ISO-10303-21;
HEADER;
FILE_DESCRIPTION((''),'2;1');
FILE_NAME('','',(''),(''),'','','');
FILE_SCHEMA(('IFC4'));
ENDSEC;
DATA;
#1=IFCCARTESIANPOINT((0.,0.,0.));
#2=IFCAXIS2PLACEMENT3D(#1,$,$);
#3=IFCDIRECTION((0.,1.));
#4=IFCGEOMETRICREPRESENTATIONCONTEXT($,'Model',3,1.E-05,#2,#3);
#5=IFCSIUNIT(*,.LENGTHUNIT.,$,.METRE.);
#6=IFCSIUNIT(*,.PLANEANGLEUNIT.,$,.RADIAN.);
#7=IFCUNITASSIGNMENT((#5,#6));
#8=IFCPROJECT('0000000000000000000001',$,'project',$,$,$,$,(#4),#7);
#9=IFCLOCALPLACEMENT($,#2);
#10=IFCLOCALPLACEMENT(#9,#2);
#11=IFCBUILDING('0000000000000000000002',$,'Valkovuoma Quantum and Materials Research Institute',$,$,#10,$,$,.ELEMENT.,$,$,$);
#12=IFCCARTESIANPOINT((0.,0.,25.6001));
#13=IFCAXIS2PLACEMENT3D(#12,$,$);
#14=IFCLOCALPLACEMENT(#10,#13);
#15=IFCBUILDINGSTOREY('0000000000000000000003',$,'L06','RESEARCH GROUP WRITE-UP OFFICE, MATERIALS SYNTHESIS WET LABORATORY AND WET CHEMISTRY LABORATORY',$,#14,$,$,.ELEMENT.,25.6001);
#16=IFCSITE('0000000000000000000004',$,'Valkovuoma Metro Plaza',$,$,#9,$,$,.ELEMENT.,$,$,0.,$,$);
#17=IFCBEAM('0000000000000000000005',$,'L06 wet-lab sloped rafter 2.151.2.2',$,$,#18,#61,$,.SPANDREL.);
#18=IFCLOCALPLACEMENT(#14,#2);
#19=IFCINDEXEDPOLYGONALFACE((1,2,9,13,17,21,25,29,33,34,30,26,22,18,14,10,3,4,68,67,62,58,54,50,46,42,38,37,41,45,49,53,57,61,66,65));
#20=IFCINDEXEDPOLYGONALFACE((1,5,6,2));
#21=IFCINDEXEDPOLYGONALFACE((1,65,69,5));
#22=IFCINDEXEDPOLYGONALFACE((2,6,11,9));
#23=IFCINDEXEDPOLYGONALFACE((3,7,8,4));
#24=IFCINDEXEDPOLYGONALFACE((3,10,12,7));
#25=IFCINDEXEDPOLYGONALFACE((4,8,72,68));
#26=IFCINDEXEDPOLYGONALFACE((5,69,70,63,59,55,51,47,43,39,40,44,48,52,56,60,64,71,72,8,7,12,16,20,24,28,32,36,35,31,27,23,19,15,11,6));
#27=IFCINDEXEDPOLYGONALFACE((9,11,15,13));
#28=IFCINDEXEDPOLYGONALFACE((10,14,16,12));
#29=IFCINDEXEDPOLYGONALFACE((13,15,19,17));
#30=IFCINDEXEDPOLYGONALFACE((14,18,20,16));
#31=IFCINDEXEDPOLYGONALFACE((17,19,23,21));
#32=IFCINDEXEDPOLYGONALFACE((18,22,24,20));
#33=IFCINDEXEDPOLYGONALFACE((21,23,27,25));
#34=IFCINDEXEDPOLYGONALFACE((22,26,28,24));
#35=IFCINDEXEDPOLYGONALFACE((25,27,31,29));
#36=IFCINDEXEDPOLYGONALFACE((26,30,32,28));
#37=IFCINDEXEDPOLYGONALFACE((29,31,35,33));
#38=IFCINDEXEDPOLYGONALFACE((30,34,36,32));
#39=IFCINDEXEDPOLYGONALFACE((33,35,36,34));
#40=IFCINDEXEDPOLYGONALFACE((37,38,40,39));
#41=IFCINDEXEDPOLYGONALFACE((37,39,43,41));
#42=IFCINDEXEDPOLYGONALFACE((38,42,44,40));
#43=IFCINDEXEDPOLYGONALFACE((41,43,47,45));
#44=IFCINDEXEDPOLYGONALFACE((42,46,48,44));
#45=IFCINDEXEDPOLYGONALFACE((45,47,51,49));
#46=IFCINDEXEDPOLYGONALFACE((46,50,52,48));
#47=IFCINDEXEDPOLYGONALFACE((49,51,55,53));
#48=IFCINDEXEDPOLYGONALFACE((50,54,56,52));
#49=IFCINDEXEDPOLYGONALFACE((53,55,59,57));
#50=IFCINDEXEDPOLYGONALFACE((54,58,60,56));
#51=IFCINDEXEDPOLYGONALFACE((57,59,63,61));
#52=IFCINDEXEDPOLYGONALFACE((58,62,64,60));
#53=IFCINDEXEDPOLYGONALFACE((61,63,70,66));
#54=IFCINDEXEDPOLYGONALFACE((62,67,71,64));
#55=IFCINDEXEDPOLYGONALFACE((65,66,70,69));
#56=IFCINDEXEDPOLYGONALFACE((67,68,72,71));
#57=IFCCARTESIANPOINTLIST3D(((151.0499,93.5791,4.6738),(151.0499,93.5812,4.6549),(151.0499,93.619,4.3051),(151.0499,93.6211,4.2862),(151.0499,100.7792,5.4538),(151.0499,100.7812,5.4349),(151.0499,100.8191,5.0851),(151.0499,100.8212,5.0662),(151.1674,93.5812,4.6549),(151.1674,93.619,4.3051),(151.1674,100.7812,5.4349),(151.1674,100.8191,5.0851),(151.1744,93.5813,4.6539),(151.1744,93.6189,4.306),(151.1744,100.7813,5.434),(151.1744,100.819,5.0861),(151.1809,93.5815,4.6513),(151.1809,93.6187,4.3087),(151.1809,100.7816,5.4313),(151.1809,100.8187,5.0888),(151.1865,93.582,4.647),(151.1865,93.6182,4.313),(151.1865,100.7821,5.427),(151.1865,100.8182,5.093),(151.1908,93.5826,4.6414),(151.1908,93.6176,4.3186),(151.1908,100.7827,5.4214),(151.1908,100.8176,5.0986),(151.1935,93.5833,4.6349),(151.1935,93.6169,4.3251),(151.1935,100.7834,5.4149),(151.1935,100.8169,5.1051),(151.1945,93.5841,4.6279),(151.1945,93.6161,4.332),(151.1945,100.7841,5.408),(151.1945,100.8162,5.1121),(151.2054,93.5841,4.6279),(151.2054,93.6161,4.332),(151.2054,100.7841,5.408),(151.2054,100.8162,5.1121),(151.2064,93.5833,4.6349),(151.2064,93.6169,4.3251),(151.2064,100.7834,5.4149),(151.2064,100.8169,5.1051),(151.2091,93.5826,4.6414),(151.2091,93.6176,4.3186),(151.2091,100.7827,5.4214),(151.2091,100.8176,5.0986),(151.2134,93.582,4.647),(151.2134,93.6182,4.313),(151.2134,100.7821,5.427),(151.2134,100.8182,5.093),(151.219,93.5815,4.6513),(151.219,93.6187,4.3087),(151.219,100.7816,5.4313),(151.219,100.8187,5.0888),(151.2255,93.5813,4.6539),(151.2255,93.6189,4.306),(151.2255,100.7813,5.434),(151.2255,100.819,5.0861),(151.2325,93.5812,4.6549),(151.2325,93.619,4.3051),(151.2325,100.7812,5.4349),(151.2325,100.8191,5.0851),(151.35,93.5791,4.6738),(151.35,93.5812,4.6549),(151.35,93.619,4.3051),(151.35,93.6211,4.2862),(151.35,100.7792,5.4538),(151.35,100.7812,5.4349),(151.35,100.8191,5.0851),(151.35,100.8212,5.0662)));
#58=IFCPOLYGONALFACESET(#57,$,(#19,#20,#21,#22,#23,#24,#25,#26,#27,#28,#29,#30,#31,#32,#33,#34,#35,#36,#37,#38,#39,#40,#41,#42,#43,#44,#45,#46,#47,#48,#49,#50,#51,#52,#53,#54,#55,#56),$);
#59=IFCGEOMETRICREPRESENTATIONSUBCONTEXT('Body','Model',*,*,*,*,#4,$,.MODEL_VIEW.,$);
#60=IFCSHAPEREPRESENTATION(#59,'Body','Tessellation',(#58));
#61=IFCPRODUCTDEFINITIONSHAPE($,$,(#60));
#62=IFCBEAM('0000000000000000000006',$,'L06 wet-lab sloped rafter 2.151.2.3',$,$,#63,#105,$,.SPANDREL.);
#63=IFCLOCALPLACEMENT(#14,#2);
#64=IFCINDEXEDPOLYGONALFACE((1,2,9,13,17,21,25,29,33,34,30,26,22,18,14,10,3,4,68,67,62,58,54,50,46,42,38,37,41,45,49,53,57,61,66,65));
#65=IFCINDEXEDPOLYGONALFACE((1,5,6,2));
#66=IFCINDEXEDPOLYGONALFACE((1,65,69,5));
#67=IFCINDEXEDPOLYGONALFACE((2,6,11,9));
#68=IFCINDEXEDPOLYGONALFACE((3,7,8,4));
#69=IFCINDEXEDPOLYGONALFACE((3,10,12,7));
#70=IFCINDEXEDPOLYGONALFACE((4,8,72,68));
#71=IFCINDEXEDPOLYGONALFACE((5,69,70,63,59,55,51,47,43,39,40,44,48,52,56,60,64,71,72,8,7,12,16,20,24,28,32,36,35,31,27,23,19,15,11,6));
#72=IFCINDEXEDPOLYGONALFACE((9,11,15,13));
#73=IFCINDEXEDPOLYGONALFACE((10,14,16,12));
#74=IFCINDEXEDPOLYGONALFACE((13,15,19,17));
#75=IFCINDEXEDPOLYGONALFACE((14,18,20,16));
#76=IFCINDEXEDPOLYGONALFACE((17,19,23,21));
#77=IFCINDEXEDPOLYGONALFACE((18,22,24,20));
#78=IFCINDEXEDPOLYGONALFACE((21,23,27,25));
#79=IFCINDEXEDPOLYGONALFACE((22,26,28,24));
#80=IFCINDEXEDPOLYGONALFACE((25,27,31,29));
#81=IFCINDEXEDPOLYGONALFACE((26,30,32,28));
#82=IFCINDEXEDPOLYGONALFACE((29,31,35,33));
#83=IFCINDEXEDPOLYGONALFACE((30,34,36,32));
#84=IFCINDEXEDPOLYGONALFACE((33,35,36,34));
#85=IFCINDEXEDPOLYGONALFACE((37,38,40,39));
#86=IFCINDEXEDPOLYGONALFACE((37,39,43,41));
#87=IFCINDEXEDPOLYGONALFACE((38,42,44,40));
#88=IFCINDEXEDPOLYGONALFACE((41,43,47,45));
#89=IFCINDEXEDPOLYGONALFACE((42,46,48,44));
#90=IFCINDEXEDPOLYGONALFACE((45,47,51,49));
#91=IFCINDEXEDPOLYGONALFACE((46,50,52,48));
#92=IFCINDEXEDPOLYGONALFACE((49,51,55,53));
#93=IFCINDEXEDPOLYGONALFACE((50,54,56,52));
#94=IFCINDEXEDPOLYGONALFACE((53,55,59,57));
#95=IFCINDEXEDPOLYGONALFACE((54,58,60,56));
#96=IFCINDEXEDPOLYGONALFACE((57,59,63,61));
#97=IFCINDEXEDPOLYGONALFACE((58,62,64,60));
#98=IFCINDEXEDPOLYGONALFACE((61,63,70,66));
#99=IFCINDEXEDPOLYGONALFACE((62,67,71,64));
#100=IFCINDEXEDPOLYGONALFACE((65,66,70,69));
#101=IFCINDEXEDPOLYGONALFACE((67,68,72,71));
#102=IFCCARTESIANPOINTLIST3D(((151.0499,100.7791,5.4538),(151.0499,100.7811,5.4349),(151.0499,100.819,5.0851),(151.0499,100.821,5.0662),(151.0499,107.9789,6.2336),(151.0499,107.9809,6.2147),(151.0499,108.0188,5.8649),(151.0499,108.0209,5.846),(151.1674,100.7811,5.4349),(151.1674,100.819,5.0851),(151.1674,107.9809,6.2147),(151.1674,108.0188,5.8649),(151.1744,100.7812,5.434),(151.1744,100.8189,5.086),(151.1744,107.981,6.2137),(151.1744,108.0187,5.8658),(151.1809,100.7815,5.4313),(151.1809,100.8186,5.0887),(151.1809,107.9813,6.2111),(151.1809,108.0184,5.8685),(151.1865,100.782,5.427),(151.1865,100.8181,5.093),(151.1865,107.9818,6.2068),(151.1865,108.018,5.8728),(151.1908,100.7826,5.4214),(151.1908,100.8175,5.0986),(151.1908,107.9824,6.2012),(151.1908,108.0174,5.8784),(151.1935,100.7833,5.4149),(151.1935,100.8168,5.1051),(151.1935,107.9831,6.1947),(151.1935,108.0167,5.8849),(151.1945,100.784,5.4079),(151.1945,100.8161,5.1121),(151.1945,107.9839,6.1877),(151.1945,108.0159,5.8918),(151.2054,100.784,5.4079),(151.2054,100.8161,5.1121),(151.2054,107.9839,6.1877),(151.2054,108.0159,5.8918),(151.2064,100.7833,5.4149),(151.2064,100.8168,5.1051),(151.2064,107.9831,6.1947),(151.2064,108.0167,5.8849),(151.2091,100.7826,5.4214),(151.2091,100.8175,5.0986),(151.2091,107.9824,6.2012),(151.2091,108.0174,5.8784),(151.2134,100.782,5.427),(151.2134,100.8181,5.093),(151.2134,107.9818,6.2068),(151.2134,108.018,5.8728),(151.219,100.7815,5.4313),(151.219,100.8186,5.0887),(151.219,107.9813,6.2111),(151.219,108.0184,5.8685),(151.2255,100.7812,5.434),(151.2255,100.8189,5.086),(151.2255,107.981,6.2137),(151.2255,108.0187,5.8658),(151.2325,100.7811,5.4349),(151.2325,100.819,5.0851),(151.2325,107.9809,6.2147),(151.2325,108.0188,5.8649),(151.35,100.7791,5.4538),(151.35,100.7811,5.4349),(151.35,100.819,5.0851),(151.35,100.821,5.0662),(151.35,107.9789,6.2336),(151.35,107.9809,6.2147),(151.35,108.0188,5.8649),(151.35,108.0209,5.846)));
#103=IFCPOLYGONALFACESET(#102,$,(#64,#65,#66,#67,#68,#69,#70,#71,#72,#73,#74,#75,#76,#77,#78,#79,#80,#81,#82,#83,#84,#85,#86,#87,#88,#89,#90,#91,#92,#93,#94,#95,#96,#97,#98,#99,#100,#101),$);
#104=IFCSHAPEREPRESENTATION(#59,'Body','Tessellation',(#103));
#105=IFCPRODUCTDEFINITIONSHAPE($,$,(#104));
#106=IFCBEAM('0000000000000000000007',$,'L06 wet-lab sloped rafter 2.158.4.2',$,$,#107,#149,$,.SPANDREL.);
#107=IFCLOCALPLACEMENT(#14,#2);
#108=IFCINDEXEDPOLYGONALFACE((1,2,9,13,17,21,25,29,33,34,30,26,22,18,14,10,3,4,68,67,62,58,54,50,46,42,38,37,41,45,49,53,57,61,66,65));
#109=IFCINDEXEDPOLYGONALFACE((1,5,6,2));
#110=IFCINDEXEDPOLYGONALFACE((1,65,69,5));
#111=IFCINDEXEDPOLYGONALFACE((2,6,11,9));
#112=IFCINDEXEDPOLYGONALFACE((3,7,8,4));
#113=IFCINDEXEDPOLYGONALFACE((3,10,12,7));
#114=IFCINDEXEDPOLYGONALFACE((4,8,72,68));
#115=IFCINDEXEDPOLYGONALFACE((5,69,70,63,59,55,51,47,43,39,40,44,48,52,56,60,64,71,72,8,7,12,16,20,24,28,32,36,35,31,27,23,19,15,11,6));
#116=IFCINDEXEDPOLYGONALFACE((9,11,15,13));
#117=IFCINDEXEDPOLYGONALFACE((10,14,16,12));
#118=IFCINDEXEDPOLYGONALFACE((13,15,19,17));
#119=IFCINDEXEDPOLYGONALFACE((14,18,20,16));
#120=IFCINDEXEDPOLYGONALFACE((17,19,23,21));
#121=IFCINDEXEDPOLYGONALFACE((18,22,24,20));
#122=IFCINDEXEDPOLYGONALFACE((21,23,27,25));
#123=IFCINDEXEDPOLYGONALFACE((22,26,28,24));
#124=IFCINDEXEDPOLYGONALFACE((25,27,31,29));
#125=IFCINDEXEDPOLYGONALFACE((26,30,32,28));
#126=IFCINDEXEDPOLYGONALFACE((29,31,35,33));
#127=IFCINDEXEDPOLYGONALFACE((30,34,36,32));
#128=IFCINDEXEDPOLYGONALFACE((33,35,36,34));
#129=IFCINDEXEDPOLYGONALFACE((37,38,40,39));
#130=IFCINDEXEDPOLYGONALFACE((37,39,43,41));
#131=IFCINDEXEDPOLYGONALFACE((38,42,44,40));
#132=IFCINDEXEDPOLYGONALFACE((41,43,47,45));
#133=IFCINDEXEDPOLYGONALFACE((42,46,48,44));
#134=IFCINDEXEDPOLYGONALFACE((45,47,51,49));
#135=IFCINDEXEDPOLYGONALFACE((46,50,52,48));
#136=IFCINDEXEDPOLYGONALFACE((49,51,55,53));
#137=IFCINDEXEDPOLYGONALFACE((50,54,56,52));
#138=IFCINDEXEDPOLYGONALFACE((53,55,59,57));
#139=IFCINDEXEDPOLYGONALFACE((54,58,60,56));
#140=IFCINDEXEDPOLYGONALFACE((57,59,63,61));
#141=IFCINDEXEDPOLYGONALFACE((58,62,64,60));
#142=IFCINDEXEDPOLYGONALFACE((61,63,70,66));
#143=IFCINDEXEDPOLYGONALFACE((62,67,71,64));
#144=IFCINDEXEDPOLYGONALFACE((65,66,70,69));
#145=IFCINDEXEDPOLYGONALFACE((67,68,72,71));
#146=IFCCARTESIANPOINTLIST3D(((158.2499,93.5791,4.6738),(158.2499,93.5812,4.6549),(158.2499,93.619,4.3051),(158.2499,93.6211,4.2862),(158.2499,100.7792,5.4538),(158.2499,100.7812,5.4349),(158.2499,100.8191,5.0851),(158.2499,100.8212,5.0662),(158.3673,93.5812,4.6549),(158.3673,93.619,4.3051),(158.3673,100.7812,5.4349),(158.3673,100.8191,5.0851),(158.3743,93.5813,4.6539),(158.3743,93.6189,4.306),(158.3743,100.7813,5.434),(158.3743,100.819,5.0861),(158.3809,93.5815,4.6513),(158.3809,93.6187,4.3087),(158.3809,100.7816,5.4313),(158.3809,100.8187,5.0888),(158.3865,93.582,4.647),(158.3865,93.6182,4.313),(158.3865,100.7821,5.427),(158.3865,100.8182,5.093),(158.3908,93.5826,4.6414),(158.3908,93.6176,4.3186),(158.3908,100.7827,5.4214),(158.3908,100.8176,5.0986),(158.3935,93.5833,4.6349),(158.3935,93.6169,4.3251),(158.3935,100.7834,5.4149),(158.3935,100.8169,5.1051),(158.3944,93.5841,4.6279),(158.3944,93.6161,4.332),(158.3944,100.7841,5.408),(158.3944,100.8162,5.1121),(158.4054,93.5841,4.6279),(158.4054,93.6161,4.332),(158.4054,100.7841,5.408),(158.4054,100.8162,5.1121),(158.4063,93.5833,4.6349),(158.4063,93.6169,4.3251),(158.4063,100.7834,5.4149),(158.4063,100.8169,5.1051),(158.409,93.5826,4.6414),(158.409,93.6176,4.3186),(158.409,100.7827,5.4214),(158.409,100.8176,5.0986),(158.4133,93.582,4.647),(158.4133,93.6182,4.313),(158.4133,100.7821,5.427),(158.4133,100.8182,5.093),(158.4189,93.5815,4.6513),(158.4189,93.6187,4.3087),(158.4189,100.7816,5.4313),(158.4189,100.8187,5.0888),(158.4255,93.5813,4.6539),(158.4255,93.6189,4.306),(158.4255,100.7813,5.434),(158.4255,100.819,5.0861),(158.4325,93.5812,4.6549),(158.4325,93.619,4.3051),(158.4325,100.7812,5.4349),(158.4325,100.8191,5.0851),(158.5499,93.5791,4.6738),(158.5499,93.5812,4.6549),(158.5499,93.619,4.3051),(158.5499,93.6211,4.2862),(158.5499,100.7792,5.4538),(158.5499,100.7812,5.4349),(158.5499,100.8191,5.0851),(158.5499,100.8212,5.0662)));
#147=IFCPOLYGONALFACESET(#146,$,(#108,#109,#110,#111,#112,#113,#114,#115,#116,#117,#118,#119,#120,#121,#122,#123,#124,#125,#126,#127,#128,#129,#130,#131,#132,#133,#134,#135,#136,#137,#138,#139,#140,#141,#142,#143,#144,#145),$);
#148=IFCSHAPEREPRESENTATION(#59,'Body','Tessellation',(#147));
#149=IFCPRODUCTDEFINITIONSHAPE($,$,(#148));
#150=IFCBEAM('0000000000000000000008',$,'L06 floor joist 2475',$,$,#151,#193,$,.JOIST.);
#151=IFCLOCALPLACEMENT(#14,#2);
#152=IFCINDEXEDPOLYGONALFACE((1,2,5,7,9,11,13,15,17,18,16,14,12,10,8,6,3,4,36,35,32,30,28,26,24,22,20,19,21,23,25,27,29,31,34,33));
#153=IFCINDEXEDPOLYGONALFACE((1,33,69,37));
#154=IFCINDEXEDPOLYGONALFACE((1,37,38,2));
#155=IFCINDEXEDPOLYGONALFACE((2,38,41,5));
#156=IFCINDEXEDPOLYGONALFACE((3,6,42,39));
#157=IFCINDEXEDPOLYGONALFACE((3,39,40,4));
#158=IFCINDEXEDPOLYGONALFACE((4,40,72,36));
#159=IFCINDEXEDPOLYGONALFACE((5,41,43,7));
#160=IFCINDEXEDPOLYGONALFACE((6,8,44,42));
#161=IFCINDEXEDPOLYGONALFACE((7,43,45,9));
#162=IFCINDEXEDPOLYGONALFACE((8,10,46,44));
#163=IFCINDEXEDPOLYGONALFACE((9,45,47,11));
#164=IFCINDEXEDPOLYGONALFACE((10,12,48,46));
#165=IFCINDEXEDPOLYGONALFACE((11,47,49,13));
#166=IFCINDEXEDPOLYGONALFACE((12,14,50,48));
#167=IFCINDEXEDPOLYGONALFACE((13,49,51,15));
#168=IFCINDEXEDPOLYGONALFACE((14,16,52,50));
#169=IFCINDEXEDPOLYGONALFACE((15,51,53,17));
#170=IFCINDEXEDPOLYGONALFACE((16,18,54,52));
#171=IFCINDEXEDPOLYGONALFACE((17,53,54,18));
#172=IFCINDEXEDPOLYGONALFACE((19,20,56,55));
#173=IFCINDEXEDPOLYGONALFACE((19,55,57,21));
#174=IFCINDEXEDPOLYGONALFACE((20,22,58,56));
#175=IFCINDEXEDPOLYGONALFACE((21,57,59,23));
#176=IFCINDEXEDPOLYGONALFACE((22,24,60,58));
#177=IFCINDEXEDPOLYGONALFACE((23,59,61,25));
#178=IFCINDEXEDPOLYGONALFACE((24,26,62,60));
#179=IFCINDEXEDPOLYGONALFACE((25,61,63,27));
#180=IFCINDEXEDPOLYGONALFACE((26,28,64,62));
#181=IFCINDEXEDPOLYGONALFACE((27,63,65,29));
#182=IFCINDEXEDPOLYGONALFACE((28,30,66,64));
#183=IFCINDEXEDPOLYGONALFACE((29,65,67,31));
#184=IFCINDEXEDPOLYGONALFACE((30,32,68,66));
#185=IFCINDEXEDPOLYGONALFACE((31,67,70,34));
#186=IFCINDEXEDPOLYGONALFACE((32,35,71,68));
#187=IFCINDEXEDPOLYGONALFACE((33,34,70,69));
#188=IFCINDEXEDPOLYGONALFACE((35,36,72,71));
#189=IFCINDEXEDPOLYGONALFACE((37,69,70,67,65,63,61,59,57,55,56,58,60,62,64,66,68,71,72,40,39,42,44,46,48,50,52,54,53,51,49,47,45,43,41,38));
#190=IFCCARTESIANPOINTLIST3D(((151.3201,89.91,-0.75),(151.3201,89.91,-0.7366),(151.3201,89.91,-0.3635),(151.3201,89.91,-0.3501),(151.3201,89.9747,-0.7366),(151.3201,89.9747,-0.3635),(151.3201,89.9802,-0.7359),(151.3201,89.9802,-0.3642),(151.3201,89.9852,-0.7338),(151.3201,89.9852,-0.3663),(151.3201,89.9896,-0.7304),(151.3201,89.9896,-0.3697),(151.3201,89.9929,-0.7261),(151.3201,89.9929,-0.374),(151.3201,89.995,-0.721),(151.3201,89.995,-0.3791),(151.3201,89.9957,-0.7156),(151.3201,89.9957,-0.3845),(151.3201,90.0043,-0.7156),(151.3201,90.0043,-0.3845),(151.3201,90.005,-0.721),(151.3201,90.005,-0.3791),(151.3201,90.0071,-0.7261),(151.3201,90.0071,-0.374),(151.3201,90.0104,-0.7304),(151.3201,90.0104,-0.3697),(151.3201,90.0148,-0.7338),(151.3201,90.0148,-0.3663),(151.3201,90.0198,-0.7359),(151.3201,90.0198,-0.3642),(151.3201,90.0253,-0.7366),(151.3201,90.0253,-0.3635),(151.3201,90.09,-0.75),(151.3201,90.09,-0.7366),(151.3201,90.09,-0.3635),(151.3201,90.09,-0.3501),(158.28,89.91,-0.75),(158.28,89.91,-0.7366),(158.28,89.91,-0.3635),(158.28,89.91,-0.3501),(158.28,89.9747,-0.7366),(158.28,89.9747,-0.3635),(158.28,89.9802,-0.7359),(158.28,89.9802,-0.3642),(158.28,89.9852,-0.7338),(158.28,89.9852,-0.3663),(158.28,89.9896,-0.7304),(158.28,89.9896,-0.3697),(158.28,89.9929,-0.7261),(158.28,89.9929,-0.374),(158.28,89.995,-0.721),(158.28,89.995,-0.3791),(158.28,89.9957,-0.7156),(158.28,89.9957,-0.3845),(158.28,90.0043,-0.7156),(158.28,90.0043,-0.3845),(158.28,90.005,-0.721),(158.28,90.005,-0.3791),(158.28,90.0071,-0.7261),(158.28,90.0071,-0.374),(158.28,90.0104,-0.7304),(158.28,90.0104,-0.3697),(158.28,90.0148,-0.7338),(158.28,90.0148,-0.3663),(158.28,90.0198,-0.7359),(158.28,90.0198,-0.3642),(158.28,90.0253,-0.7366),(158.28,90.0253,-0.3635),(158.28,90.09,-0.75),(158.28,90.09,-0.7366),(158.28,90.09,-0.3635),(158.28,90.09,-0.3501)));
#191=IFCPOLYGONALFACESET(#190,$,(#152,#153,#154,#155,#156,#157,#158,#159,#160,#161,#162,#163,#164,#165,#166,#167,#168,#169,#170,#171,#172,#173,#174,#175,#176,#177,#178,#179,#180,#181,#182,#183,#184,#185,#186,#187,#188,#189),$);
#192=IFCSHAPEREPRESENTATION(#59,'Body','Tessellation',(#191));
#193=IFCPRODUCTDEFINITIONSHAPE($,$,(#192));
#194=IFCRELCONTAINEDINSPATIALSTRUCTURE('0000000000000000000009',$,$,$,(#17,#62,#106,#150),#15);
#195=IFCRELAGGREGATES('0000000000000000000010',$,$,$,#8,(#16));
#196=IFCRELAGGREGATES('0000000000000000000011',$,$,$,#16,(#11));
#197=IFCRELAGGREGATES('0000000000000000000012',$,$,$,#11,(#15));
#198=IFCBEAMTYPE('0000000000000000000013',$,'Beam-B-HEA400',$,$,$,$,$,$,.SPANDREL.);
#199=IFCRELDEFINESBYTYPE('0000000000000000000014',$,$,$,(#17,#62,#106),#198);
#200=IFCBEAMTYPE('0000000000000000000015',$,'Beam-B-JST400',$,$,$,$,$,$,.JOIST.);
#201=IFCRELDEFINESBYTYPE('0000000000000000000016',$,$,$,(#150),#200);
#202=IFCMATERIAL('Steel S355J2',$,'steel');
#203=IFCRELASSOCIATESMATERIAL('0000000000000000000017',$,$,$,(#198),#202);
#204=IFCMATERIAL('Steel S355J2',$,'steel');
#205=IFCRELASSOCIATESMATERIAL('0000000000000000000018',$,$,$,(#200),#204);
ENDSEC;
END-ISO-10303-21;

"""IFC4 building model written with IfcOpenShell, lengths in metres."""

from ifc_helpers import new_model, si_unit, direction, frame, origin, origin_2d, place, context, subcontext, project, spatial, i_section, extrude, material, material_profile, profile_set, type_object, element, save


model = new_model("IFC4")

# Units and contexts
model_context = context("Model", 3, precision=1e-05, world=origin(), true_north=direction((0.0, 1.0)))
body_context = subcontext(model_context, "Body", "Model", "MODEL_VIEW")
ifc_project = project(units=[si_unit("LENGTHUNIT", "METRE"), si_unit("PLANEANGLEUNIT", "RADIAN")], contexts=[model_context])

# Site, building, storey
site_placement = place(None, origin())
site = spatial("IfcSite", under=ifc_project, at=site_placement, Name="Valkovuoma Metro Plaza", CompositionType="ELEMENT", RefElevation=0.0)
building_placement = place(site_placement, origin())
building = spatial("IfcBuilding", under=site, at=building_placement, Name="Valkovuoma Quantum and Materials Research Institute", CompositionType="ELEMENT")
storey_placement = place(building_placement, frame((0.0, 0.0, 25.6001)))
storey = spatial("IfcBuildingStorey", under=building, at=storey_placement, Name="L06", Description="RESEARCH GROUP WRITE-UP OFFICE, MATERIALS SYNTHESIS WET LABORATORY AND WET CHEMISTRY LABORATORY", CompositionType="ELEMENT", Elevation=25.6001)

# Beams
ifc_material_1 = material(Name="Steel S355J2", Category="steel")
ifc_material_profile_1 = material_profile(ifc_material_1, i_section(OverallWidth=0.3, OverallDepth=0.3899, WebThickness=0.011, FlangeThickness=0.019, FilletRadius=0.0271, at=origin_2d()), Name="Steel S355J2")
ifc_profile_set_1 = profile_set([ifc_material_profile_1], Name="Steel S355J2")
beam_type_1 = type_object("IfcBeamType", Name="Beam-B-HEA400", PredefinedType="SPANDREL", material=ifc_profile_set_1)
beam_1_placement = place(storey_placement, frame((151.2, 93.6001, 4.48), z_axis=(0.0, 0.994183, 0.107708), x_axis=(-1.0, 0.0, 0.0)))
element("IfcBeam", 1, at=beam_1_placement, inside=storey, type_object=beam_type_1, Name="L06 wet-lab sloped rafter 2.151.2.2", PredefinedType="SPANDREL", context=body_context, shape_type="SweptSolid", body=[
    extrude(i_section(OverallWidth=0.3, OverallDepth=0.3899, WebThickness=0.011, FlangeThickness=0.019, FilletRadius=0.0271, at=origin_2d()), origin(), (0.0, 0.0, 1.0), 7.2422),
])
beam_2_placement = place(storey_placement, frame((151.2, 100.8, 5.26), z_axis=(0.0, 0.994186, 0.107675), x_axis=(-1.0, 0.0, 0.0)))
element("IfcBeam", 2, at=beam_2_placement, inside=storey, type_object=beam_type_1, Name="L06 wet-lab sloped rafter 2.151.2.3", PredefinedType="SPANDREL", context=body_context, shape_type="SweptSolid", body=[
    extrude(i_section(OverallWidth=0.3, OverallDepth=0.3899, WebThickness=0.011, FlangeThickness=0.019, FilletRadius=0.0271, at=origin_2d()), origin(), (0.0, 0.0, 1.0), 7.2419),
])
beam_3_placement = place(storey_placement, frame((158.3999, 93.6001, 4.48), z_axis=(0.0, 0.994183, 0.107708), x_axis=(-1.0, 0.0, 0.0)))
element("IfcBeam", 3, at=beam_3_placement, inside=storey, type_object=beam_type_1, Name="L06 wet-lab sloped rafter 2.158.4.2", PredefinedType="SPANDREL", context=body_context, shape_type="SweptSolid", body=[
    extrude(i_section(OverallWidth=0.3, OverallDepth=0.3899, WebThickness=0.011, FlangeThickness=0.019, FilletRadius=0.0271, at=origin_2d()), origin(), (0.0, 0.0, 1.0), 7.2422),
])
ifc_material_2 = material(Name="Steel S355J2", Category="steel")
ifc_material_profile_2 = material_profile(ifc_material_2, i_section(OverallWidth=0.1799, OverallDepth=0.3999, WebThickness=0.0085, FlangeThickness=0.0134, FilletRadius=0.021, at=origin_2d()), Name="Steel S355J2")
ifc_profile_set_2 = profile_set([ifc_material_profile_2], Name="Steel S355J2")
beam_type_2 = type_object("IfcBeamType", Name="Beam-B-JST400", PredefinedType="JOIST", material=ifc_profile_set_2)
for number, where, z_axis, x_axis, name in (
    (4, (151.3201, 90.0, -0.55), (1.0, 0.0, 0.0), (0.0, 1.0, 0.0), "L06 floor joist 2475"),
):
    element("IfcBeam", number, at=place(storey_placement, frame(where, z_axis=z_axis, x_axis=x_axis)), inside=storey, type_object=beam_type_2, Name=name, PredefinedType="JOIST", context=body_context, shape_type="SweptSolid", body=[
        extrude(i_section(OverallWidth=0.1799, OverallDepth=0.3999, WebThickness=0.0085, FlangeThickness=0.0134, FilletRadius=0.021, at=origin_2d()), origin(), (0.0, 0.0, 1.0), 6.96),
    ])

save(model, "model.ifc")
